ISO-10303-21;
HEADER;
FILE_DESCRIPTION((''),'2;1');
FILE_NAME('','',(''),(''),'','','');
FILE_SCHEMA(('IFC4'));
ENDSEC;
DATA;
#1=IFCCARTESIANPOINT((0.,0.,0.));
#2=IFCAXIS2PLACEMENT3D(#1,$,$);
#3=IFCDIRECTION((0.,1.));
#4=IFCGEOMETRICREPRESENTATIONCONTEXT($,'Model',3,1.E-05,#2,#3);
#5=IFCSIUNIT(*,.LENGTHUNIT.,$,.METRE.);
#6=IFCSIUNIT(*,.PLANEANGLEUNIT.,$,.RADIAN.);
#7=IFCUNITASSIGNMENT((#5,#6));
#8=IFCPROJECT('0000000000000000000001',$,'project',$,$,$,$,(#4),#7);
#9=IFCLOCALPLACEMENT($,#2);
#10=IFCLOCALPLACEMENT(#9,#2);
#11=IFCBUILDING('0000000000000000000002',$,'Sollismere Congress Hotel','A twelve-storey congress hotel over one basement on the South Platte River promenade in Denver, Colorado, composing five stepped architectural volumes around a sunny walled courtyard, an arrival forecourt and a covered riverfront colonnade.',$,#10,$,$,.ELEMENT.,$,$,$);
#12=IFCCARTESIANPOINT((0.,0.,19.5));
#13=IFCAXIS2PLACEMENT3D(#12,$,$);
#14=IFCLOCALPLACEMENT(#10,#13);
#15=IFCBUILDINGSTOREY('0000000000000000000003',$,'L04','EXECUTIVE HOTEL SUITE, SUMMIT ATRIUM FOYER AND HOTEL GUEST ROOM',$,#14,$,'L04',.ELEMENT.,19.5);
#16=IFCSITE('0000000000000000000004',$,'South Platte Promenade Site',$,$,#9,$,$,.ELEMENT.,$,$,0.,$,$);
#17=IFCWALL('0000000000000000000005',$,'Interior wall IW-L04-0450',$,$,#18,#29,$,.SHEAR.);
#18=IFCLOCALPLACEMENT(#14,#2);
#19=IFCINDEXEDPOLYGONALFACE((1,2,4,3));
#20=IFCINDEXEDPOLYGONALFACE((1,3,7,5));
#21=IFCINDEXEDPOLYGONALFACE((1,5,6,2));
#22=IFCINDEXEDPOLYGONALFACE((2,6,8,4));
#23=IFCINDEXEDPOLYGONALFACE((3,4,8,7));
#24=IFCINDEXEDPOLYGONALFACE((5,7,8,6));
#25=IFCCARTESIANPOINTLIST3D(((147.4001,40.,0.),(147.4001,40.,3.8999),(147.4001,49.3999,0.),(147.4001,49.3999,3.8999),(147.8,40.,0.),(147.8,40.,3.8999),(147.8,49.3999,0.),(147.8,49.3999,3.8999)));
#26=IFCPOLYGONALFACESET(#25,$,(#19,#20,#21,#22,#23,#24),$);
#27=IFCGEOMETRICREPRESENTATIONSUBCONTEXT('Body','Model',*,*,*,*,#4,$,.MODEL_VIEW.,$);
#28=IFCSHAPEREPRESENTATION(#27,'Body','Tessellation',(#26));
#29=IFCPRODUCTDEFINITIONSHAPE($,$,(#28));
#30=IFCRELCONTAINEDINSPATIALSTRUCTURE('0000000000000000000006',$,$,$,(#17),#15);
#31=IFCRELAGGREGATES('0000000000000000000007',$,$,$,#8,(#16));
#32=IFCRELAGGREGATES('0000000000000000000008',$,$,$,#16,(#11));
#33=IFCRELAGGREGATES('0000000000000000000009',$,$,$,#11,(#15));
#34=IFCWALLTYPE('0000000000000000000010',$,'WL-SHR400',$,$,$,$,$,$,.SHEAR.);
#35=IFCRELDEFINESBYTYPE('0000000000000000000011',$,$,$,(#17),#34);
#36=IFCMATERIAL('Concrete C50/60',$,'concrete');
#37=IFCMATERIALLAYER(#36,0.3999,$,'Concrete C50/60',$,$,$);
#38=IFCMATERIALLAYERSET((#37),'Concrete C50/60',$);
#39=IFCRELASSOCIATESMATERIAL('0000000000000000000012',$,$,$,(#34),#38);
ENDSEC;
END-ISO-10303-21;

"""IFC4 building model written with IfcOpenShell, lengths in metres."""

from ifc_helpers import new_model, si_unit, direction, frame, frame_2d, origin, place, context, subcontext, project, spatial, rectangle, extrude, material, layer, layer_set, type_object, element, save


model = new_model("IFC4")

# Units and contexts
model_context = context("Model", 3, precision=1e-05, world=origin(), true_north=direction((0.0, 1.0)))
body_context = subcontext(model_context, "Body", "Model", "MODEL_VIEW")
ifc_project = project(units=[si_unit("LENGTHUNIT", "METRE"), si_unit("PLANEANGLEUNIT", "RADIAN")], contexts=[model_context])

# Site, building, storey
site_placement = place(None, origin())
site = spatial("IfcSite", under=ifc_project, at=site_placement, Name="South Platte Promenade Site", CompositionType="ELEMENT", RefElevation=0.0)
building_placement = place(site_placement, origin())
building = spatial("IfcBuilding", under=site, at=building_placement, Name="Sollismere Congress Hotel", Description="A twelve-storey congress hotel over one basement on the South Platte River promenade in Denver, Colorado, composing five stepped architectural volumes around a sunny walled courtyard, an arrival forecourt and a covered riverfront colonnade.", CompositionType="ELEMENT")
storey_placement = place(building_placement, frame((0.0, 0.0, 19.5)))
storey = spatial("IfcBuildingStorey", under=building, at=storey_placement, Name="L04", Description="EXECUTIVE HOTEL SUITE, SUMMIT ATRIUM FOYER AND HOTEL GUEST ROOM", LongName="L04", CompositionType="ELEMENT", Elevation=19.5)

# Wall
ifc_material_1 = material(Name="Concrete C50/60", Category="concrete")
ifc_layer_1 = layer(ifc_material_1, 0.3999, Name="Concrete C50/60")
ifc_layer_set_1 = layer_set([ifc_layer_1], Name="Concrete C50/60")
wall_type_1 = type_object("IfcWallType", Name="WL-SHR400", PredefinedType="SHEAR", material=ifc_layer_set_1)
wall_1_placement = place(storey_placement, frame((147.6001, 49.3999, 0.0), z_axis=(0.0, 0.0, 1.0), x_axis=(0.0, -1.0, 0.0)))
element("IfcWall", 1, at=wall_1_placement, inside=storey, type_object=wall_type_1, Name="Interior wall IW-L04-0450", PredefinedType="SHEAR", context=body_context, shape_type="SweptSolid", body=[
    extrude(rectangle(XDim=9.3999, YDim=0.3999, at=frame_2d((4.7, 0.0))), origin(), (0.0, 0.0, 1.0), 3.8999),
])

save(model, "model.ifc")
